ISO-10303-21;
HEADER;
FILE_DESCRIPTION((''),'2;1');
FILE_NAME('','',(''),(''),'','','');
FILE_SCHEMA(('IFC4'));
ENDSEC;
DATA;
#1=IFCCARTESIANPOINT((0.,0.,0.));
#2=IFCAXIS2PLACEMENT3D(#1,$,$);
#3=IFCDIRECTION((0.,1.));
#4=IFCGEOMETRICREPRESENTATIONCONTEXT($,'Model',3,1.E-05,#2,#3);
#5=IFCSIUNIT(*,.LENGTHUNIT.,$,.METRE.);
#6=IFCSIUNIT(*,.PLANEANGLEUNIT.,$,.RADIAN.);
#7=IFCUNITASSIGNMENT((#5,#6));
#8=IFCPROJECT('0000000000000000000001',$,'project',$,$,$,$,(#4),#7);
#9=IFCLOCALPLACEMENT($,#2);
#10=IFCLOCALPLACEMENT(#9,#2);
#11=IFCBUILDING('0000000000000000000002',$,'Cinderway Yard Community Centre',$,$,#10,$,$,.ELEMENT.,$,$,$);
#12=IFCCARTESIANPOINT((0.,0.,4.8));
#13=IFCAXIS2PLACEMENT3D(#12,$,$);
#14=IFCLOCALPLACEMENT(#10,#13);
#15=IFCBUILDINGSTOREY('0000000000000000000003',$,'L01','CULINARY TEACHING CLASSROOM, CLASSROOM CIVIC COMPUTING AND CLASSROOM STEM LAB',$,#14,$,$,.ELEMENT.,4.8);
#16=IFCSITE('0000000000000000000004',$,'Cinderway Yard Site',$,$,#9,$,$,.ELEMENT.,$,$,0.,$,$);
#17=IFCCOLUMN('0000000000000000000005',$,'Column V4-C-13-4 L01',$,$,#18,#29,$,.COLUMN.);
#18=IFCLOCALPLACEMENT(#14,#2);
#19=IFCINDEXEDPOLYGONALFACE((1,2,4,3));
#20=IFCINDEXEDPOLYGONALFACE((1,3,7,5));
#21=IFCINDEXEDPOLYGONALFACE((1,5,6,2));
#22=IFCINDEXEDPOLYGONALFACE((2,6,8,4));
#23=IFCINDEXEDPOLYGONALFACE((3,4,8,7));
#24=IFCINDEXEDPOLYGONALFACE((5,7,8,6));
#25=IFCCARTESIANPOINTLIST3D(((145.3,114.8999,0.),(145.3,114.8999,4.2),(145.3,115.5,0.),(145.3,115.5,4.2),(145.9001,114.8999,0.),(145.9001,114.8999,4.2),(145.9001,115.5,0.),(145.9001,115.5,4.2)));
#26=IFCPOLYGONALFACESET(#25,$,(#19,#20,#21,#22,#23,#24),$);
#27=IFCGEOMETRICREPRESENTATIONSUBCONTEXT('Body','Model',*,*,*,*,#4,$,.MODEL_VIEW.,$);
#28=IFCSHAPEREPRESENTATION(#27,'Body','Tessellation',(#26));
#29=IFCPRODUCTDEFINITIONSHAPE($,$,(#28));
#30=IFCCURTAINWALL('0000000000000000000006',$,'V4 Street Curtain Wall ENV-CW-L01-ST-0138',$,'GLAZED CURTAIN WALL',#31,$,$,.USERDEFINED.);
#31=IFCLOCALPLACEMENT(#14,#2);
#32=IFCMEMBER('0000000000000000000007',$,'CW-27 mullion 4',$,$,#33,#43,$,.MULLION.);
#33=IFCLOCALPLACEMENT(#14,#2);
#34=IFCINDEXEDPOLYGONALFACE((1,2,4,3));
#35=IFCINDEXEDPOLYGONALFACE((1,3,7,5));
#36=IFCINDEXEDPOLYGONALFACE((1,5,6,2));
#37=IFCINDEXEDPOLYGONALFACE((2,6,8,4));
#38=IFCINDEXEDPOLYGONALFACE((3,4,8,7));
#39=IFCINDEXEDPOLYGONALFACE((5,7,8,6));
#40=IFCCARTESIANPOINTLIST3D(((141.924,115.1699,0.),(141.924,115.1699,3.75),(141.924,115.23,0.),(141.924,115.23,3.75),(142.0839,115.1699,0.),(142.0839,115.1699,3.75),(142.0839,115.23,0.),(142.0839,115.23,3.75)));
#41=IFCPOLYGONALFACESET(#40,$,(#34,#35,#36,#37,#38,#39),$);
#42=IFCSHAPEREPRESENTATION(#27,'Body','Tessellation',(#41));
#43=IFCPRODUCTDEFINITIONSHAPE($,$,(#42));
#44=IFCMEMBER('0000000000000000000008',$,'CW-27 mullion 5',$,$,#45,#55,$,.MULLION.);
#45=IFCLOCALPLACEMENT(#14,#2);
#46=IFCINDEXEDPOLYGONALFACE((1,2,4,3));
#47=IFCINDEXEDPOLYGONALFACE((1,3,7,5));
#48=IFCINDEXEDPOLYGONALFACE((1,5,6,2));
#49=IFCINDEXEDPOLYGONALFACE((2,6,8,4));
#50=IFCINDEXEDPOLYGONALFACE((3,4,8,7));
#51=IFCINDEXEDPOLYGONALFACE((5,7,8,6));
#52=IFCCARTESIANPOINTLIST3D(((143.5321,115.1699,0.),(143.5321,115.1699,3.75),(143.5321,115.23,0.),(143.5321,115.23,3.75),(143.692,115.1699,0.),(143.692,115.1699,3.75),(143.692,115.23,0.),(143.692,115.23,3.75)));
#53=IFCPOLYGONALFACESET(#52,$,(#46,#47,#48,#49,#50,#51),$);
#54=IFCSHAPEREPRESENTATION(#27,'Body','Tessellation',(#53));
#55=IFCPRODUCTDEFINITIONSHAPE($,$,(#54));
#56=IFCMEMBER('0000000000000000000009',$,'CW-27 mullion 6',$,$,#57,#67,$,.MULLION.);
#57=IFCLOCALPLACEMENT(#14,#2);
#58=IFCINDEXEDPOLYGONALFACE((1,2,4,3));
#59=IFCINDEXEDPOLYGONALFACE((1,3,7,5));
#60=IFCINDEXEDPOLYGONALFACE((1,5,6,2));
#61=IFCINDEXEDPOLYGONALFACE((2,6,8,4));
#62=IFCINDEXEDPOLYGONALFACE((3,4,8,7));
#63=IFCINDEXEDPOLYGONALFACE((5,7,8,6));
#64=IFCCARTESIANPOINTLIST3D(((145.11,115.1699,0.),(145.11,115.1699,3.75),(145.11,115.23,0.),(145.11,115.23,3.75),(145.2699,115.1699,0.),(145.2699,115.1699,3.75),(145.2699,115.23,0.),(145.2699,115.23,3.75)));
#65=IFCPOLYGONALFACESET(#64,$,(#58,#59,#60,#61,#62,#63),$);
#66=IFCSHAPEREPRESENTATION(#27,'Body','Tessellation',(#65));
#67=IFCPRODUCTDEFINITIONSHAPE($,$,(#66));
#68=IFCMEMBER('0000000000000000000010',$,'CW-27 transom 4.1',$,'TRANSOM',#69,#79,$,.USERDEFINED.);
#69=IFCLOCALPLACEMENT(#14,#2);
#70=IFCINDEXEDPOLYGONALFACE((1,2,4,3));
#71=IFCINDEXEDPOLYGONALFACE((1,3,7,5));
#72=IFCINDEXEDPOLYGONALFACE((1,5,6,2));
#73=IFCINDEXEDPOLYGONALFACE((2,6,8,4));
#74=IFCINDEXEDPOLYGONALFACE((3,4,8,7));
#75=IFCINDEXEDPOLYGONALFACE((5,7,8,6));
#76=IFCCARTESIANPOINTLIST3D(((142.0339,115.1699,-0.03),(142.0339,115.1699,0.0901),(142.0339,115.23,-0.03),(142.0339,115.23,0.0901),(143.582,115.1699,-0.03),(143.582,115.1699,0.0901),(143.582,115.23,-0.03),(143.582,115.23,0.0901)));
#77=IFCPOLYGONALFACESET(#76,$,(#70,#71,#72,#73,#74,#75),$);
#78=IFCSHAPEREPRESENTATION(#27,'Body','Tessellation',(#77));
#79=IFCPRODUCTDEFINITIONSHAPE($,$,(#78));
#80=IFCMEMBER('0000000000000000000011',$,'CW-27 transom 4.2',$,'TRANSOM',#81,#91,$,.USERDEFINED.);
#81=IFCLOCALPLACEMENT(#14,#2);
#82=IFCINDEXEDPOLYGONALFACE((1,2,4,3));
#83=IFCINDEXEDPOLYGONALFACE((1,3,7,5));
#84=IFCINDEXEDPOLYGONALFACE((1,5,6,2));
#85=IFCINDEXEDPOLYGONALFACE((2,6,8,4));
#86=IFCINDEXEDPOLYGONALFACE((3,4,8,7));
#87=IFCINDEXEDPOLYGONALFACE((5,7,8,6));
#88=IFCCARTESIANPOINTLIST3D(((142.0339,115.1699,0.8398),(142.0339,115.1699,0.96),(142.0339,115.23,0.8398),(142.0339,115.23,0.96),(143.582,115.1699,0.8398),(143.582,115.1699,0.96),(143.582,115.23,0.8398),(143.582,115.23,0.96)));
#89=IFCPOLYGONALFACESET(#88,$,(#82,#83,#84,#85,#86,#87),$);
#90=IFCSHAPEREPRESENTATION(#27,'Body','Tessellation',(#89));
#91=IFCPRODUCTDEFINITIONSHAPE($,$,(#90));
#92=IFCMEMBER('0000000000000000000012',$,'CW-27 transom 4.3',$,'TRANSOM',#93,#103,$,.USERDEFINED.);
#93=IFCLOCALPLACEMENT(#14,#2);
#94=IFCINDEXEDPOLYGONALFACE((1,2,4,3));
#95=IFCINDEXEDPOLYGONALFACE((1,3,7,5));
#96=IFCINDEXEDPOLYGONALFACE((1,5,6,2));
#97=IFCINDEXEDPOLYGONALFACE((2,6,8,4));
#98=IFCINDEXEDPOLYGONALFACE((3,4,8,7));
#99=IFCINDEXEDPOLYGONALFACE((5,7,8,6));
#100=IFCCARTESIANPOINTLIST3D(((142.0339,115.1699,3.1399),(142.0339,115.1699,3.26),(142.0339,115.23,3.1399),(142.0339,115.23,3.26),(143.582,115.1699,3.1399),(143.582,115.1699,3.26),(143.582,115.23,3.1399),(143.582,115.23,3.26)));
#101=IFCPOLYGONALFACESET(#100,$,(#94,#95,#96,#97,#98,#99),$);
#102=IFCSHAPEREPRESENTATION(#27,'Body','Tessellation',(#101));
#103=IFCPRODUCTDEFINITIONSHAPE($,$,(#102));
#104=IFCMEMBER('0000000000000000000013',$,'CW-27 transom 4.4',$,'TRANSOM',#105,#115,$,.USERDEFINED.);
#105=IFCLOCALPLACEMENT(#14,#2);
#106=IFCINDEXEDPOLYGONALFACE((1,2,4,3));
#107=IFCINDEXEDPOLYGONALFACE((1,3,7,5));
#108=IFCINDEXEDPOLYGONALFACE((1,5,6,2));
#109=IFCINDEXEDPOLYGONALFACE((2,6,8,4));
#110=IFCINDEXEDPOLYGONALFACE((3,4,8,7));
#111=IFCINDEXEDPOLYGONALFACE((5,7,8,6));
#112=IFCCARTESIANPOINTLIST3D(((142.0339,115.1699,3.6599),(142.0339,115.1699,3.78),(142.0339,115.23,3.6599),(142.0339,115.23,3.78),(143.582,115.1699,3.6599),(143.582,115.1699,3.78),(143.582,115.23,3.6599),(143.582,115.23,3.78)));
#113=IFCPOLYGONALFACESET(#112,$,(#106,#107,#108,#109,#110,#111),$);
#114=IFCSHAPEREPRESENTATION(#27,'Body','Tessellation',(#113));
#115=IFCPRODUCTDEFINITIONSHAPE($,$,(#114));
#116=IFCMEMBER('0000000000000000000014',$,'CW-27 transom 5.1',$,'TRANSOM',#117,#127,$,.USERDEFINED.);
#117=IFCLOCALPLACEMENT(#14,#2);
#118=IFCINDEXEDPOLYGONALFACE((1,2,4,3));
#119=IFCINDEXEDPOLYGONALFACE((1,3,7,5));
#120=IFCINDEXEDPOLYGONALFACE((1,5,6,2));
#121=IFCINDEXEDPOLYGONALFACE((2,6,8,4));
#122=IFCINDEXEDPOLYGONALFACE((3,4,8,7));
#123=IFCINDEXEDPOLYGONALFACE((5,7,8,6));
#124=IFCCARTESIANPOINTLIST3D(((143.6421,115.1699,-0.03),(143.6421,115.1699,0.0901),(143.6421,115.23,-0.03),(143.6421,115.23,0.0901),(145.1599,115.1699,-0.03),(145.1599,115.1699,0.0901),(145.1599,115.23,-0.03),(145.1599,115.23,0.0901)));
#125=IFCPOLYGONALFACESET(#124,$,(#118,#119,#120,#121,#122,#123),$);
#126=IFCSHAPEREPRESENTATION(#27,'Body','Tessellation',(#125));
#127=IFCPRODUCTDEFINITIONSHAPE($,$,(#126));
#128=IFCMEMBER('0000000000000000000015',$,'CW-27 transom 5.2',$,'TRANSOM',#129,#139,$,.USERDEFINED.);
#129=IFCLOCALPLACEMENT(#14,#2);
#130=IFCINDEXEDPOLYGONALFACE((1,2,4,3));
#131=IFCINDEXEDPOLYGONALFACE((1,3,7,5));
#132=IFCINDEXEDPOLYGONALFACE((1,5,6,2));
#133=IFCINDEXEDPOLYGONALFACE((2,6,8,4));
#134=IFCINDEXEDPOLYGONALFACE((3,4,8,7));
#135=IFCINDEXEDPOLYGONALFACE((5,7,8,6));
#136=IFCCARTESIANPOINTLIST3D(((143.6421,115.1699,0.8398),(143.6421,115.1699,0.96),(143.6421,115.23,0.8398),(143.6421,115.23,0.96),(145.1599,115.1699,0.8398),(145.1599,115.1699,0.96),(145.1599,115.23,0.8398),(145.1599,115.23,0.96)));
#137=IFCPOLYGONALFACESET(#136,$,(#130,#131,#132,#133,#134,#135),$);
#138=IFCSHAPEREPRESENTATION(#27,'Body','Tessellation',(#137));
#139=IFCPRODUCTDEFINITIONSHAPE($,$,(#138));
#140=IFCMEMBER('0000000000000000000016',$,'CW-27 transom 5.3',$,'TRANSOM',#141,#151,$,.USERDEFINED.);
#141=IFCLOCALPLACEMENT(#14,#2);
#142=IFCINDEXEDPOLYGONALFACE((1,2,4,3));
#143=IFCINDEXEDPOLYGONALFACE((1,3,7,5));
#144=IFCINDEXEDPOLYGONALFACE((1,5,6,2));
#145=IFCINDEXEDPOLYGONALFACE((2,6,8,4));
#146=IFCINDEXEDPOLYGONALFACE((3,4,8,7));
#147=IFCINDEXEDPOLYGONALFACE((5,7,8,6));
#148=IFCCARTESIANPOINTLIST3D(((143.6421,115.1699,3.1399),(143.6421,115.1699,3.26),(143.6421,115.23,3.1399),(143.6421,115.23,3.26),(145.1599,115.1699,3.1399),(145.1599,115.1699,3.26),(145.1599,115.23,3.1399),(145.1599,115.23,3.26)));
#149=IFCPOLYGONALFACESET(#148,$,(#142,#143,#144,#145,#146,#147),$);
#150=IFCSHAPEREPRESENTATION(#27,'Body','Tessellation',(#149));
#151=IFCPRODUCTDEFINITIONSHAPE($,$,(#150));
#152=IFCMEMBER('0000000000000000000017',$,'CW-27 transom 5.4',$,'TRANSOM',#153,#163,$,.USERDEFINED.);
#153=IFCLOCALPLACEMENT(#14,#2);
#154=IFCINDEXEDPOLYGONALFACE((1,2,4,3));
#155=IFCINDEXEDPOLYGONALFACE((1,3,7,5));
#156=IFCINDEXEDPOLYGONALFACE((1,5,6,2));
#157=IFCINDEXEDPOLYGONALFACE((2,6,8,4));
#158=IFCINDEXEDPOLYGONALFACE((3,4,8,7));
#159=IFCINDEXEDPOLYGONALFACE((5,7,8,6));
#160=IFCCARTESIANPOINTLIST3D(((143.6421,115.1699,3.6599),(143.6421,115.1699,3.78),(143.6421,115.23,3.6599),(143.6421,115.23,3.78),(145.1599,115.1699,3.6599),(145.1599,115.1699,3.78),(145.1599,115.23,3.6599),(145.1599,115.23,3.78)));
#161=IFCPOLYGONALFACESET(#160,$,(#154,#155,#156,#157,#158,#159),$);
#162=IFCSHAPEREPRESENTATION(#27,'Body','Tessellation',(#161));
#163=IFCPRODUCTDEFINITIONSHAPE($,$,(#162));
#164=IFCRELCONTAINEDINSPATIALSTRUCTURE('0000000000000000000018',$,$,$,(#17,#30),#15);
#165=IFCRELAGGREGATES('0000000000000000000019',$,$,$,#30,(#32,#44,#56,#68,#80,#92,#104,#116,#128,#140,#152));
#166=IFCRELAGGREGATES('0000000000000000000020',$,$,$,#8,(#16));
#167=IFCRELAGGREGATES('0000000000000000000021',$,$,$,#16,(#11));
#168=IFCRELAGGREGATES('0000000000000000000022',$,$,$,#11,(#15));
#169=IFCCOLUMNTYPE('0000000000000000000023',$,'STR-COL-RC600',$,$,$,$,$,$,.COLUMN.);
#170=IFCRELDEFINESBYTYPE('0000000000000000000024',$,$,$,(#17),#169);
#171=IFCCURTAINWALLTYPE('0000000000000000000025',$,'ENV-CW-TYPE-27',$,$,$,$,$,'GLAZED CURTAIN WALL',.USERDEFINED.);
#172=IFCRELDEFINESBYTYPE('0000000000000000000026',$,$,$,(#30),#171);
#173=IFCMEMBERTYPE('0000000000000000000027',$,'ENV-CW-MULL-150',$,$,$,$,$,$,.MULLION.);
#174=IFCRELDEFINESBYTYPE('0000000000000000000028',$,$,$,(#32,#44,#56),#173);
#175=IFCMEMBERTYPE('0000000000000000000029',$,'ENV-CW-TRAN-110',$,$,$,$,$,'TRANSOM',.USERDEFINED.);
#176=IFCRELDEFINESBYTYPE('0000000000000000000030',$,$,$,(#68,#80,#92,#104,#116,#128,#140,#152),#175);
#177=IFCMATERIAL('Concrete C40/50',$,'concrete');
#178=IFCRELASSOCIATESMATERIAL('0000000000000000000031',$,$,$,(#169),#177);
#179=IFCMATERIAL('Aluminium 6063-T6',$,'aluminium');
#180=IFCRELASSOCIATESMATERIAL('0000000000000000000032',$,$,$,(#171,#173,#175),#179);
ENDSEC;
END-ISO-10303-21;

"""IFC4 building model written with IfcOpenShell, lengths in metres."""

from ifc_helpers import new_model, si_unit, direction, frame, origin, origin_2d, place, context, subcontext, project, spatial, rectangle, extrude, material, material_profile, profile_set, type_object, element, aggregate, save


model = new_model("IFC4")

# Units and contexts
model_context = context("Model", 3, precision=1e-05, world=origin(), true_north=direction((0.0, 1.0)))
body_context = subcontext(model_context, "Body", "Model", "MODEL_VIEW")
ifc_project = project(units=[si_unit("LENGTHUNIT", "METRE"), si_unit("PLANEANGLEUNIT", "RADIAN")], contexts=[model_context])

# Site, building, storey
site_placement = place(None, origin())
site = spatial("IfcSite", under=ifc_project, at=site_placement, Name="Cinderway Yard Site", CompositionType="ELEMENT", RefElevation=0.0)
building_placement = place(site_placement, origin())
building = spatial("IfcBuilding", under=site, at=building_placement, Name="Cinderway Yard Community Centre", CompositionType="ELEMENT")
storey_placement = place(building_placement, frame((0.0, 0.0, 4.8)))
storey = spatial("IfcBuildingStorey", under=building, at=storey_placement, Name="L01", Description="CULINARY TEACHING CLASSROOM, CLASSROOM CIVIC COMPUTING AND CLASSROOM STEM LAB", CompositionType="ELEMENT", Elevation=4.8)

# Column
ifc_material_1 = material(Name="Concrete C40/50", Category="concrete")
ifc_material_profile_1 = material_profile(ifc_material_1, rectangle(XDim=0.6001, YDim=0.6001, at=origin_2d()), Name="Concrete C40/50")
ifc_profile_set_1 = profile_set([ifc_material_profile_1], Name="Concrete C40/50")
column_type = type_object("IfcColumnType", Name="STR-COL-RC600", PredefinedType="COLUMN", material=ifc_profile_set_1)
column_placement = place(storey_placement, frame((145.6001, 115.2, 0.0), z_axis=(0.0, 0.0, 1.0), x_axis=(1.0, 0.0, 0.0)))
element("IfcColumn", 1, at=column_placement, inside=storey, type_object=column_type, Name="Column V4-C-13-4 L01", PredefinedType="COLUMN", context=body_context, shape_type="SweptSolid", body=[
    extrude(rectangle(XDim=0.6001, YDim=0.6001, at=origin_2d()), origin(), (0.0, 0.0, 1.0), 4.2),
])

# Curtain wall, members
ifc_material_2 = material(Name="Aluminium 6063-T6", Category="aluminium")
curtain_wall_type = type_object("IfcCurtainWallType", Name="ENV-CW-TYPE-27", ElementType="GLAZED CURTAIN WALL", PredefinedType="USERDEFINED", material=ifc_material_2)
curtain_wall_placement = place(storey_placement, origin())
curtain_wall = element("IfcCurtainWall", 2, at=curtain_wall_placement, inside=storey, type_object=curtain_wall_type, Name="V4 Street Curtain Wall ENV-CW-L01-ST-0138", ObjectType="GLAZED CURTAIN WALL", PredefinedType="USERDEFINED")
ifc_material_profile_2 = material_profile(ifc_material_2, rectangle(XDim=0.0601, YDim=0.1599, at=origin_2d()), Name="Aluminium 6063-T6")
ifc_profile_set_2 = profile_set([ifc_material_profile_2], Name="Aluminium 6063-T6")
member_type_1 = type_object("IfcMemberType", Name="ENV-CW-MULL-150", PredefinedType="MULLION", material=ifc_profile_set_2)
member_1_placement = place(storey_placement, frame((142.0039, 115.2, 0.0), z_axis=(0.0, 0.0, 1.0), x_axis=(0.0, 1.0, 0.0)))
member_1 = element("IfcMember", 3, at=member_1_placement, type_object=member_type_1, Name="CW-27 mullion 4", PredefinedType="MULLION", context=body_context, shape_type="SweptSolid", body=[
    extrude(rectangle(XDim=0.0601, YDim=0.1599, at=origin_2d()), origin(), (0.0, 0.0, 1.0), 3.75),
])
member_2_placement = place(storey_placement, frame((143.6121, 115.2, 0.0), z_axis=(0.0, 0.0, 1.0), x_axis=(0.0, 1.0, 0.0)))
member_2 = element("IfcMember", 4, at=member_2_placement, type_object=member_type_1, Name="CW-27 mullion 5", PredefinedType="MULLION", context=body_context, shape_type="SweptSolid", body=[
    extrude(rectangle(XDim=0.0601, YDim=0.1599, at=origin_2d()), origin(), (0.0, 0.0, 1.0), 3.75),
])
member_3_placement = place(storey_placement, frame((145.1899, 115.2, 0.0), z_axis=(0.0, 0.0, 1.0), x_axis=(0.0, 1.0, 0.0)))
member_3 = element("IfcMember", 5, at=member_3_placement, type_object=member_type_1, Name="CW-27 mullion 6", PredefinedType="MULLION", context=body_context, shape_type="SweptSolid", body=[
    extrude(rectangle(XDim=0.0601, YDim=0.1599, at=origin_2d()), origin(), (0.0, 0.0, 1.0), 3.75),
])
ifc_material_profile_3 = material_profile(ifc_material_2, rectangle(XDim=0.0601, YDim=0.1201, at=origin_2d()), Name="Aluminium 6063-T6")
ifc_profile_set_3 = profile_set([ifc_material_profile_3], Name="Aluminium 6063-T6")
member_type_2 = type_object("IfcMemberType", Name="ENV-CW-TRAN-110", ElementType="TRANSOM", PredefinedType="USERDEFINED", material=ifc_profile_set_3)
member_4_placement = place(storey_placement, frame((142.0339, 115.2, 0.03), z_axis=(1.0, 0.0, 0.0), x_axis=(0.0, 1.0, 0.0)))
member_4 = element("IfcMember", 6, at=member_4_placement, type_object=member_type_2, Name="CW-27 transom 4.1", ObjectType="TRANSOM", PredefinedType="USERDEFINED", context=body_context, shape_type="SweptSolid", body=[
    extrude(rectangle(XDim=0.0601, YDim=0.1201, at=origin_2d()), origin(), (0.0, 0.0, 1.0), 1.5481),
])
member_5_placement = place(storey_placement, frame((142.0339, 115.2, 0.8999), z_axis=(1.0, 0.0, 0.0), x_axis=(0.0, 1.0, 0.0)))
member_5 = element("IfcMember", 7, at=member_5_placement, type_object=member_type_2, Name="CW-27 transom 4.2", ObjectType="TRANSOM", PredefinedType="USERDEFINED", context=body_context, shape_type="SweptSolid", body=[
    extrude(rectangle(XDim=0.0601, YDim=0.1201, at=origin_2d()), origin(), (0.0, 0.0, 1.0), 1.5481),
])
member_6_placement = place(storey_placement, frame((142.0339, 115.2, 3.2), z_axis=(1.0, 0.0, 0.0), x_axis=(0.0, 1.0, 0.0)))
member_6 = element("IfcMember", 8, at=member_6_placement, type_object=member_type_2, Name="CW-27 transom 4.3", ObjectType="TRANSOM", PredefinedType="USERDEFINED", context=body_context, shape_type="SweptSolid", body=[
    extrude(rectangle(XDim=0.0601, YDim=0.1201, at=origin_2d()), origin(), (0.0, 0.0, 1.0), 1.5481),
])
member_7_placement = place(storey_placement, frame((142.0339, 115.2, 3.72), z_axis=(1.0, 0.0, 0.0), x_axis=(0.0, 1.0, 0.0)))
member_7 = element("IfcMember", 9, at=member_7_placement, type_object=member_type_2, Name="CW-27 transom 4.4", ObjectType="TRANSOM", PredefinedType="USERDEFINED", context=body_context, shape_type="SweptSolid", body=[
    extrude(rectangle(XDim=0.0601, YDim=0.1201, at=origin_2d()), origin(), (0.0, 0.0, 1.0), 1.5481),
])
member_8_placement = place(storey_placement, frame((143.6421, 115.2, 0.03), z_axis=(1.0, 0.0, 0.0), x_axis=(0.0, 1.0, 0.0)))
member_8 = element("IfcMember", 10, at=member_8_placement, type_object=member_type_2, Name="CW-27 transom 5.1", ObjectType="TRANSOM", PredefinedType="USERDEFINED", context=body_context, shape_type="SweptSolid", body=[
    extrude(rectangle(XDim=0.0601, YDim=0.1201, at=origin_2d()), origin(), (0.0, 0.0, 1.0), 1.5178),
])
member_9_placement = place(storey_placement, frame((143.6421, 115.2, 0.8999), z_axis=(1.0, 0.0, 0.0), x_axis=(0.0, 1.0, 0.0)))
member_9 = element("IfcMember", 11, at=member_9_placement, type_object=member_type_2, Name="CW-27 transom 5.2", ObjectType="TRANSOM", PredefinedType="USERDEFINED", context=body_context, shape_type="SweptSolid", body=[
    extrude(rectangle(XDim=0.0601, YDim=0.1201, at=origin_2d()), origin(), (0.0, 0.0, 1.0), 1.5178),
])
member_10_placement = place(storey_placement, frame((143.6421, 115.2, 3.2), z_axis=(1.0, 0.0, 0.0), x_axis=(0.0, 1.0, 0.0)))
member_10 = element("IfcMember", 12, at=member_10_placement, type_object=member_type_2, Name="CW-27 transom 5.3", ObjectType="TRANSOM", PredefinedType="USERDEFINED", context=body_context, shape_type="SweptSolid", body=[
    extrude(rectangle(XDim=0.0601, YDim=0.1201, at=origin_2d()), origin(), (0.0, 0.0, 1.0), 1.5178),
])
member_11_placement = place(storey_placement, frame((143.6421, 115.2, 3.72), z_axis=(1.0, 0.0, 0.0), x_axis=(0.0, 1.0, 0.0)))
member_11 = element("IfcMember", 13, at=member_11_placement, type_object=member_type_2, Name="CW-27 transom 5.4", ObjectType="TRANSOM", PredefinedType="USERDEFINED", context=body_context, shape_type="SweptSolid", body=[
    extrude(rectangle(XDim=0.0601, YDim=0.1201, at=origin_2d()), origin(), (0.0, 0.0, 1.0), 1.5178),
])

aggregate(curtain_wall, [member_1, member_2, member_3, member_4, member_5, member_6, member_7, member_8, member_9, member_10, member_11])

save(model, "model.ifc")
